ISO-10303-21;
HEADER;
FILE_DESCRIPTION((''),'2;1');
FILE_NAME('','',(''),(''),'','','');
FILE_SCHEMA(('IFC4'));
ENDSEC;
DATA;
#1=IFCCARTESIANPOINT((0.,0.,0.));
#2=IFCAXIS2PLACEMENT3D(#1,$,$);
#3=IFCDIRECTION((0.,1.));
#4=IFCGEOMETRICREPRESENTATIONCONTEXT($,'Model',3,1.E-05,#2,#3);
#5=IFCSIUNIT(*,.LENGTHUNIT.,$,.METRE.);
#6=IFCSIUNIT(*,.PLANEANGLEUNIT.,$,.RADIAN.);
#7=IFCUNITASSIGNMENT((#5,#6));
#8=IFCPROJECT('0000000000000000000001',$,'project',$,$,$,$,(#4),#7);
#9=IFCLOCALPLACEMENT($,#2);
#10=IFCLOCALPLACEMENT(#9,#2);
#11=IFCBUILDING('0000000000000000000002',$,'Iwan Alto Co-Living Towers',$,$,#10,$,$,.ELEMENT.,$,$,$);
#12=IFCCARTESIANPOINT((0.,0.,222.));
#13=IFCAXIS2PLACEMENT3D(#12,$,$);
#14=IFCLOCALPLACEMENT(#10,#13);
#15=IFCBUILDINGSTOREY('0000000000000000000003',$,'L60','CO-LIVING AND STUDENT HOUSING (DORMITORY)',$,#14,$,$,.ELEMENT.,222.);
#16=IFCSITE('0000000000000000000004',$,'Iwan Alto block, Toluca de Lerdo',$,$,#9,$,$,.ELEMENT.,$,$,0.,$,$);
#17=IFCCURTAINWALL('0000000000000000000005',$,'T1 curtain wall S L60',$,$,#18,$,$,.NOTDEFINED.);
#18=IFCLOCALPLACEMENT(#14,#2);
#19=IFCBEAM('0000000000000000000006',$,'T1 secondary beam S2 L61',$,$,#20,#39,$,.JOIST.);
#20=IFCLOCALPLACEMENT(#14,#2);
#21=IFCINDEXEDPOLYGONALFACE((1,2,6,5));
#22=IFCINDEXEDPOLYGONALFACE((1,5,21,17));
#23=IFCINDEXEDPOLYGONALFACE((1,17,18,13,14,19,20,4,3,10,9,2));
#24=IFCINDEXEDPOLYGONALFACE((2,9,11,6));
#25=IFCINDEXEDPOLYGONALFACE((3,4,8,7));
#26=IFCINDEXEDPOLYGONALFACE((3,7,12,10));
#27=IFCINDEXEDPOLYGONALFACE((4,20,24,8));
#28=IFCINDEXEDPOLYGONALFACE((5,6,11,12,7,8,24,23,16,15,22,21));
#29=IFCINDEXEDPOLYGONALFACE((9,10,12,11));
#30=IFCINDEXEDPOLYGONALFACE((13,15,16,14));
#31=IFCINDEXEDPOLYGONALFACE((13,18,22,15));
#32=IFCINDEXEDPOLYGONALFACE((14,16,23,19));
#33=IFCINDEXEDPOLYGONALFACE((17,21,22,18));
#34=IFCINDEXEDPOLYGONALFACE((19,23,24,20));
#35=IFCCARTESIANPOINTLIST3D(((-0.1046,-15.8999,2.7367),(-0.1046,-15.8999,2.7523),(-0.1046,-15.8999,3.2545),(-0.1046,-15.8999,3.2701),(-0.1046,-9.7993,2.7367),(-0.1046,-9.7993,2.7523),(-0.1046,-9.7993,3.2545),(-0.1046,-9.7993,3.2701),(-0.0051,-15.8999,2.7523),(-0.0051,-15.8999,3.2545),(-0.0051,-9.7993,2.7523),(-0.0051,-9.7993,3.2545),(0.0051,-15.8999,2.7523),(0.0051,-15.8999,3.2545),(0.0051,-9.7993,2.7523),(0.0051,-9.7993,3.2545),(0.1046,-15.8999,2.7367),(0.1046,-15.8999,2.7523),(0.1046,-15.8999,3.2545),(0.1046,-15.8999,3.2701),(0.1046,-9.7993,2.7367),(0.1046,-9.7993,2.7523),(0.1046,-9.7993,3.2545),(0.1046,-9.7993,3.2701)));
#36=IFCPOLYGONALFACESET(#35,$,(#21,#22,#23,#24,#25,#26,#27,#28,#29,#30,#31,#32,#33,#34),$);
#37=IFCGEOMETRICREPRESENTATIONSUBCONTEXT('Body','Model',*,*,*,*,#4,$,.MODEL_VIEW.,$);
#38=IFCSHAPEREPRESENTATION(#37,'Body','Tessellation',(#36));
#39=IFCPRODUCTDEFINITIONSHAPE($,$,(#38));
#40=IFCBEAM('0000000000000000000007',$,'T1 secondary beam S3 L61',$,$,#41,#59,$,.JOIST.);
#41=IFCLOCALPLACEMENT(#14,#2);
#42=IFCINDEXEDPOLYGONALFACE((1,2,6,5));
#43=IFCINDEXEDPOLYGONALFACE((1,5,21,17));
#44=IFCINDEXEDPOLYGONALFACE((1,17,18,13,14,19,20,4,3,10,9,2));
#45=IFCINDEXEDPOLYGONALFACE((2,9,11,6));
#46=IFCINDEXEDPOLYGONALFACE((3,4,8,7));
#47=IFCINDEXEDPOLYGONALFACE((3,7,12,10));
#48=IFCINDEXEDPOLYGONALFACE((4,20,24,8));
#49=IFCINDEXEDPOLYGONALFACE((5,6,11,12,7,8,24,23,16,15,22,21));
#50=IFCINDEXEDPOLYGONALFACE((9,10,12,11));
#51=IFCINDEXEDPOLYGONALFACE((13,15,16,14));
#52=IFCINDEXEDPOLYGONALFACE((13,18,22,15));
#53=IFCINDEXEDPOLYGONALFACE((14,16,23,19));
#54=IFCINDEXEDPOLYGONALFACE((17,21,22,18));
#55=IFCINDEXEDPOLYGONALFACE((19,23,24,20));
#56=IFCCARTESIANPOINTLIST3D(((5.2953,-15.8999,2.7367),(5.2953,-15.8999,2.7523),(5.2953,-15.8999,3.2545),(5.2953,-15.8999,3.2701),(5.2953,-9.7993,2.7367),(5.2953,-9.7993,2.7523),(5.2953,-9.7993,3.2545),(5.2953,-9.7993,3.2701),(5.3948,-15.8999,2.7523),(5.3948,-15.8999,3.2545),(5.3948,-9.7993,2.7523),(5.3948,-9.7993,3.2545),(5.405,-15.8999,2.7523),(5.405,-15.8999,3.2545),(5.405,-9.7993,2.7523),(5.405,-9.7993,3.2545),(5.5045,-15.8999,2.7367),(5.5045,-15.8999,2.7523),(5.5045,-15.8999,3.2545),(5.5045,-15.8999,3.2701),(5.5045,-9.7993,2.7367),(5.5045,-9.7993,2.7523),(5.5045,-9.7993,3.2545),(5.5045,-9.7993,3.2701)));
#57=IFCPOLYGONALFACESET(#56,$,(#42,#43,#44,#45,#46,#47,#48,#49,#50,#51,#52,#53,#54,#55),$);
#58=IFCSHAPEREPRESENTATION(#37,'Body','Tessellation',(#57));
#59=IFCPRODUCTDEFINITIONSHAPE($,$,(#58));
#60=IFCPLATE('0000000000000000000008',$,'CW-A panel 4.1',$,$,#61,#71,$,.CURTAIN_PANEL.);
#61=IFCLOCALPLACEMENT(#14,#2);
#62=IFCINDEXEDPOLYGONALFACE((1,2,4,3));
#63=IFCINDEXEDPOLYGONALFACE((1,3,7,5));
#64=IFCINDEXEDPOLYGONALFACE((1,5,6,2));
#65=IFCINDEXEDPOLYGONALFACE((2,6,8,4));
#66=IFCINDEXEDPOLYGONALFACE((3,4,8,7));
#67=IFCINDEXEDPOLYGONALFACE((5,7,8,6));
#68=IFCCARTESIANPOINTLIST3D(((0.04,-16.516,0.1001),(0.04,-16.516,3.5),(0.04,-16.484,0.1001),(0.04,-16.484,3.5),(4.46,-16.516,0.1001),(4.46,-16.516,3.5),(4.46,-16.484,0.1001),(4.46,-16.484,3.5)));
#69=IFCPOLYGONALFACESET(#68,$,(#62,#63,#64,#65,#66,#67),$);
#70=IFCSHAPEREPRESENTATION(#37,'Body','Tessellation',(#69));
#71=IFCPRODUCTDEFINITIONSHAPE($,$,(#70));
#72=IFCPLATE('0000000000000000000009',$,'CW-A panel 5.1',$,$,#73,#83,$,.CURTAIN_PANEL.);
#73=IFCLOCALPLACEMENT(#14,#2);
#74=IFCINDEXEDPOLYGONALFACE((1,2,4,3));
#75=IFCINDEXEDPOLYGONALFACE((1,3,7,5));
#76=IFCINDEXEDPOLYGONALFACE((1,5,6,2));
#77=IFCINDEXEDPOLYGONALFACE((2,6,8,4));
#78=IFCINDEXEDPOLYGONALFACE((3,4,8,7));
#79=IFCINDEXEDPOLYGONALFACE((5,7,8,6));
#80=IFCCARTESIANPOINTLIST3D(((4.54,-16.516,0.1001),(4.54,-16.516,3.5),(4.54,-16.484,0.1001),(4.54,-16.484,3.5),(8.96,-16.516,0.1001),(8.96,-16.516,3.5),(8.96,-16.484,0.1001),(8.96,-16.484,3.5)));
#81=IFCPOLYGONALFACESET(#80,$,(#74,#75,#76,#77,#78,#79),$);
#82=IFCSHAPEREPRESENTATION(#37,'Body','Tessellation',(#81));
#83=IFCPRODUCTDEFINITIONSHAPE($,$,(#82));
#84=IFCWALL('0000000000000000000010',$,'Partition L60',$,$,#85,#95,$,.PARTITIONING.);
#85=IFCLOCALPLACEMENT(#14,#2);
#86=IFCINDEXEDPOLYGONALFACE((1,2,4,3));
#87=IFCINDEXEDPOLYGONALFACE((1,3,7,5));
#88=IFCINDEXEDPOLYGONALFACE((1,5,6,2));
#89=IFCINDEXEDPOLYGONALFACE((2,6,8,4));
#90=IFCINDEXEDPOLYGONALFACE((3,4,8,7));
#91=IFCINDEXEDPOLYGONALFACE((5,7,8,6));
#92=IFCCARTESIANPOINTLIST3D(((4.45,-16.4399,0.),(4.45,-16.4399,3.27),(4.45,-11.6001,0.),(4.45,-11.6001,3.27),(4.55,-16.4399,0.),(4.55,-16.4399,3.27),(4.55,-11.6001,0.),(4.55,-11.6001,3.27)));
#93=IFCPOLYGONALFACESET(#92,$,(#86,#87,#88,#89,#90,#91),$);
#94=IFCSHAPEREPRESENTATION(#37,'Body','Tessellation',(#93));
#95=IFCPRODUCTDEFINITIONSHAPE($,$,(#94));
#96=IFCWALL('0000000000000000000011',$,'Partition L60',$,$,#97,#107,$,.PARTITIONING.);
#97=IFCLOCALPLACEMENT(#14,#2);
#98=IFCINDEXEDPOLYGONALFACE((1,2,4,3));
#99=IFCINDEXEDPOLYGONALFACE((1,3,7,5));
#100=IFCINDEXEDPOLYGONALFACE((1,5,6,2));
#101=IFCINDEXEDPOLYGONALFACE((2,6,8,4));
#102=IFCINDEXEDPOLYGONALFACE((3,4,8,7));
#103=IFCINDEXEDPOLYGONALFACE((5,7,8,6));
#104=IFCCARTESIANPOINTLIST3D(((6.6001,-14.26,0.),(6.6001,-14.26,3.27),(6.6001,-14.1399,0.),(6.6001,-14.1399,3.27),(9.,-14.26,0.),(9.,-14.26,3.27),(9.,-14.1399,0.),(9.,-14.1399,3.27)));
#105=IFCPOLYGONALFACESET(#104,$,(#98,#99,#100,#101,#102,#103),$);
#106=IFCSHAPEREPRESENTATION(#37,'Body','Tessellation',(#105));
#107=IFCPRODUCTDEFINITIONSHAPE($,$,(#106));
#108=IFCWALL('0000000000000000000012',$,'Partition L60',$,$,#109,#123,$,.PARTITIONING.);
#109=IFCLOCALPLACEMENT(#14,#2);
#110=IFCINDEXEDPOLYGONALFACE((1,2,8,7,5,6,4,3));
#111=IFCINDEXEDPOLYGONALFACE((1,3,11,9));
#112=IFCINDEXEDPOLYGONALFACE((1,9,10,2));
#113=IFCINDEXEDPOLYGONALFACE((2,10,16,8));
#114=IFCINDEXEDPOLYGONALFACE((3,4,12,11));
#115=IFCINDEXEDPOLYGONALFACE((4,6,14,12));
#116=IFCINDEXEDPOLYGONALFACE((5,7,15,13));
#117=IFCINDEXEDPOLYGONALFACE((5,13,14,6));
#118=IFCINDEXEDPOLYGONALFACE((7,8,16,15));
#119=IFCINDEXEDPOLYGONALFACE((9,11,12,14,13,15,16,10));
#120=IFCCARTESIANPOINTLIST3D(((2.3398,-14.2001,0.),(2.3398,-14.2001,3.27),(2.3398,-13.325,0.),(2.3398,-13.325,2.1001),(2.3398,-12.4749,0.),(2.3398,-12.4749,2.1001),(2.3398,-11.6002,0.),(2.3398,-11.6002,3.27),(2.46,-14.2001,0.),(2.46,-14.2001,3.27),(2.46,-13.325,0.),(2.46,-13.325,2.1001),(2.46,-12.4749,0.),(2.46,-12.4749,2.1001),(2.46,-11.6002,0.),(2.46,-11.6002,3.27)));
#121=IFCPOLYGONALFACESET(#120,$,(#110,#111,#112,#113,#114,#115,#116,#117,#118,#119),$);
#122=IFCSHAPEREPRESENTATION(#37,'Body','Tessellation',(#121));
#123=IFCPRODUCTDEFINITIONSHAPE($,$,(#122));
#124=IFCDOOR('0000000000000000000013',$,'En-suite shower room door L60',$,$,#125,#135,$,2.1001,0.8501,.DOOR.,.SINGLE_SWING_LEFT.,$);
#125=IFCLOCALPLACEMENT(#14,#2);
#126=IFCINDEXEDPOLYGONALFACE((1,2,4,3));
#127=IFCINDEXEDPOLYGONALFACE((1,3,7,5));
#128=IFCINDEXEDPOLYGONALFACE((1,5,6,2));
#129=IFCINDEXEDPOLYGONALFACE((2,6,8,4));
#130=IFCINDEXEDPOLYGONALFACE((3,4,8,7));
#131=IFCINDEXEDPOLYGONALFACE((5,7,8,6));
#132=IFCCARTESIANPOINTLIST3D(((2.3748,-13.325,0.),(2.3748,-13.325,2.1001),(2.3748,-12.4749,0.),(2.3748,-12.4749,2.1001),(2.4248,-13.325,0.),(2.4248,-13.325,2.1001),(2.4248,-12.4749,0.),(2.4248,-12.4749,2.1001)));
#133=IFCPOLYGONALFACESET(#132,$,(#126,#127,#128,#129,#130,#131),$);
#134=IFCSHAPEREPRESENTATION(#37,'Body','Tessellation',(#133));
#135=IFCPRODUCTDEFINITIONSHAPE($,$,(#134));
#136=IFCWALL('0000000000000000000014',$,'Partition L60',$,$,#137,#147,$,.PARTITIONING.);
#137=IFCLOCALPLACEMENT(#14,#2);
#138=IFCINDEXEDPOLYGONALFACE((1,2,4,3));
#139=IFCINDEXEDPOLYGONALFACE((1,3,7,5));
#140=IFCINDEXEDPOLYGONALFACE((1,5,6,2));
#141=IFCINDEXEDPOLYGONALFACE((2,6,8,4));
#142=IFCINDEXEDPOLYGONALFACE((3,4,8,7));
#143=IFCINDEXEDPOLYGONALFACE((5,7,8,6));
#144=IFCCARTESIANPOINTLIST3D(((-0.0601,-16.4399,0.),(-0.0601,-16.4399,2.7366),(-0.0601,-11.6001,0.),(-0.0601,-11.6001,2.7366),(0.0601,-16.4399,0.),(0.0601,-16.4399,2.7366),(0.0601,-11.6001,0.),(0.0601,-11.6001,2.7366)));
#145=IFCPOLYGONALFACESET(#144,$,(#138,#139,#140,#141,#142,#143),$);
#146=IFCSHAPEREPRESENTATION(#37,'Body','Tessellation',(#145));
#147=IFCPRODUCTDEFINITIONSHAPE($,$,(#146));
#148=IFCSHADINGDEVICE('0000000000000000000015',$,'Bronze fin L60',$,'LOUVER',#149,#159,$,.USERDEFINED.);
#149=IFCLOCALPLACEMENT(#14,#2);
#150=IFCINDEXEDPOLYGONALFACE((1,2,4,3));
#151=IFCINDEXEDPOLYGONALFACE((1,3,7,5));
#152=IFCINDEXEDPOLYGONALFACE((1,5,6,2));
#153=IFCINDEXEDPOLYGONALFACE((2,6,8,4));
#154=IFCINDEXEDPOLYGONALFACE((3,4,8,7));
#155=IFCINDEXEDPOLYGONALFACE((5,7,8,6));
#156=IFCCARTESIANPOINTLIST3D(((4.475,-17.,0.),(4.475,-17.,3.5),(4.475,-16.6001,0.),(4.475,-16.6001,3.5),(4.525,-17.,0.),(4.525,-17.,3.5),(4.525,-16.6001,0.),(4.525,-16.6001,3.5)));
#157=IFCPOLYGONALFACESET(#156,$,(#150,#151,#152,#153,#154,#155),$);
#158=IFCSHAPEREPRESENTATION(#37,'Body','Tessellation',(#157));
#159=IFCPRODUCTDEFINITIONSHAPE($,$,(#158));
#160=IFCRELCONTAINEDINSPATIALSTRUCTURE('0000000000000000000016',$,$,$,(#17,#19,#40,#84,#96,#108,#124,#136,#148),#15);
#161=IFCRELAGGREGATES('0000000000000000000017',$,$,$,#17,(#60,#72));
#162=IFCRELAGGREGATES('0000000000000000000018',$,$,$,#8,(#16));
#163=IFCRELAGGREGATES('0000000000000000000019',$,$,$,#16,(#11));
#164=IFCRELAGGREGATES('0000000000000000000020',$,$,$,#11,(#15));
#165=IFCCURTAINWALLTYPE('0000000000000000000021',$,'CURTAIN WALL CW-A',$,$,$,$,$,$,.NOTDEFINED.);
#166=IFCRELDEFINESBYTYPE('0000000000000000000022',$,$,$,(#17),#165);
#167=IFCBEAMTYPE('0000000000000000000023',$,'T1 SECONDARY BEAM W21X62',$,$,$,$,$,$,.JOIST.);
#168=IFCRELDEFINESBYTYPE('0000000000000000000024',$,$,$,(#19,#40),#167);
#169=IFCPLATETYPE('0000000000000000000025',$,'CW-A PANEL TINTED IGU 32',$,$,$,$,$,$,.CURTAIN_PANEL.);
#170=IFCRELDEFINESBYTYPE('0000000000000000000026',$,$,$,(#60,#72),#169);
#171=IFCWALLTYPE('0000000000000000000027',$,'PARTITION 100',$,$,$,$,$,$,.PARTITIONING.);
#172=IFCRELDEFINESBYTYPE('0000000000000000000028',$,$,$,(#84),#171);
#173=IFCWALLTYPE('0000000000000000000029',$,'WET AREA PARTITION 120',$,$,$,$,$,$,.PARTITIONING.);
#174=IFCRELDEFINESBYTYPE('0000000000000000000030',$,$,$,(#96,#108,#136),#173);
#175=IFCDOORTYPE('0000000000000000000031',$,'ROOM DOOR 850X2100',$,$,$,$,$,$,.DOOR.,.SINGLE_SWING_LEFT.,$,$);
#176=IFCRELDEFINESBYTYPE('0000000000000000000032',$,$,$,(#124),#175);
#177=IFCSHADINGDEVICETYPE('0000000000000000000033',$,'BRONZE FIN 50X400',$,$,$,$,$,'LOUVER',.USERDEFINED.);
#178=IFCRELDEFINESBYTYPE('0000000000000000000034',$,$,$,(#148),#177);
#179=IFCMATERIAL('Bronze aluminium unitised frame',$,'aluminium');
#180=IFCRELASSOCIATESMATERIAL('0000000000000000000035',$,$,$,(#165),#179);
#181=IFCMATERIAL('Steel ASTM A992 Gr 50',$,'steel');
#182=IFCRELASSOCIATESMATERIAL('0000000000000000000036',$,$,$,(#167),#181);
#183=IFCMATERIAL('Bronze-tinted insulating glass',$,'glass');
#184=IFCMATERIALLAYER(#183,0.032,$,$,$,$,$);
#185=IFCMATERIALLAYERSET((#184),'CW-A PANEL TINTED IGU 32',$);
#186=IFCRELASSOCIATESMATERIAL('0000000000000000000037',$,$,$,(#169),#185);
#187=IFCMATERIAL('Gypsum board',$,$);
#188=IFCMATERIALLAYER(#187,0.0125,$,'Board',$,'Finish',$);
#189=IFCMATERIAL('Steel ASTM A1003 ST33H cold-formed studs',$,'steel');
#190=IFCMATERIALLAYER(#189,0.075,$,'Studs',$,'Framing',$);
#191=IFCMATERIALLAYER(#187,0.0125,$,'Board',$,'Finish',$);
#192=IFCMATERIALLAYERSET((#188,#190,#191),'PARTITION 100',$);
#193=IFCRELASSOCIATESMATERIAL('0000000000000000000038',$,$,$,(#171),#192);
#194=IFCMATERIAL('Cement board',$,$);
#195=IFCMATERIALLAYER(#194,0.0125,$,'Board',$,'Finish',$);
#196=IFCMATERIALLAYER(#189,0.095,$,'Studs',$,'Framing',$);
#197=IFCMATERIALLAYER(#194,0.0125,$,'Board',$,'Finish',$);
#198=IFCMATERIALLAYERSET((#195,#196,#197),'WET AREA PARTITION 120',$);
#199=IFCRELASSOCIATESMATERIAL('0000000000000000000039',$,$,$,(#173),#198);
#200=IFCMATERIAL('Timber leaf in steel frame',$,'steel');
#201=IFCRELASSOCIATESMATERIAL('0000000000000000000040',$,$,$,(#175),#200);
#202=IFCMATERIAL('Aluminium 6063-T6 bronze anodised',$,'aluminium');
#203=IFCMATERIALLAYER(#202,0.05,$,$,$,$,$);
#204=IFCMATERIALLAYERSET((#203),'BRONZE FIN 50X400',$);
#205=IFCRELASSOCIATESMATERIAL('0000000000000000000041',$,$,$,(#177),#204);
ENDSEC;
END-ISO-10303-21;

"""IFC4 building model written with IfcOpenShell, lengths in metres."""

from ifc_helpers import new_model, si_unit, direction, frame, frame_2d, origin, origin_2d, place, context, subcontext, project, spatial, rectangle, i_section, extrude, material, layer, layer_set, material_profile, profile_set, type_object, element, fill, aggregate, save


model = new_model("IFC4")

# Units and contexts
model_context = context("Model", 3, precision=1e-05, world=origin(), true_north=direction((0.0, 1.0)))
body_context = subcontext(model_context, "Body", "Model", "MODEL_VIEW")
ifc_project = project(units=[si_unit("LENGTHUNIT", "METRE"), si_unit("PLANEANGLEUNIT", "RADIAN")], contexts=[model_context])

# Site, building, storey
site_placement = place(None, origin())
site = spatial("IfcSite", under=ifc_project, at=site_placement, Name="Iwan Alto block, Toluca de Lerdo", CompositionType="ELEMENT", RefElevation=0.0)
building_placement = place(site_placement, origin())
building = spatial("IfcBuilding", under=site, at=building_placement, Name="Iwan Alto Co-Living Towers", CompositionType="ELEMENT")
storey_placement = place(building_placement, frame((0.0, 0.0, 222.0)))
storey = spatial("IfcBuildingStorey", under=building, at=storey_placement, Name="L60", Description="CO-LIVING AND STUDENT HOUSING (DORMITORY)", CompositionType="ELEMENT", Elevation=222.0)

# Curtain wall
ifc_material_1 = material(Name="Bronze aluminium unitised frame", Category="aluminium")
curtain_wall_type = type_object("IfcCurtainWallType", Name="CURTAIN WALL CW-A", PredefinedType="NOTDEFINED", material=ifc_material_1)
curtain_wall_placement = place(storey_placement, origin())
curtain_wall = element("IfcCurtainWall", 1, at=curtain_wall_placement, inside=storey, type_object=curtain_wall_type, Name="T1 curtain wall S L60", PredefinedType="NOTDEFINED")

# Beams
ifc_material_2 = material(Name="Steel ASTM A992 Gr 50", Category="steel")
ifc_material_profile_1 = material_profile(ifc_material_2, i_section(OverallWidth=0.2092, OverallDepth=0.5334, WebThickness=0.0103, FlangeThickness=0.0156, at=origin_2d()), Name="W21X62")
ifc_profile_set_1 = profile_set([ifc_material_profile_1], Name="Steel ASTM A992 Gr 50")
beam_type_1 = type_object("IfcBeamType", Name="T1 SECONDARY BEAM W21X62", PredefinedType="JOIST", material=ifc_profile_set_1)
for number, where, z_axis, x_axis, name in (
    (2, (0.0, -15.8999, 3.0034), (0.0, 1.0, 0.0), (-1.0, 0.0, 0.0), "T1 secondary beam S2 L61"),
    (3, (5.3999, -15.8999, 3.0034), (0.0, 1.0, 0.0), (-1.0, 0.0, 0.0), "T1 secondary beam S3 L61"),
):
    element("IfcBeam", number, at=place(storey_placement, frame(where, z_axis=z_axis, x_axis=x_axis)), inside=storey, type_object=beam_type_1, Name=name, PredefinedType="JOIST", context=body_context, shape_type="SweptSolid", body=[
        extrude(i_section(OverallWidth=0.2092, OverallDepth=0.5334, WebThickness=0.0103, FlangeThickness=0.0156, at=origin_2d()), origin(), (0.0, 0.0, 1.0), 6.1006),
    ])

# Plates
ifc_material_3 = material(Name="Bronze-tinted insulating glass", Category="glass")
ifc_layer_1 = layer(ifc_material_3, 0.032)
ifc_layer_set_1 = layer_set([ifc_layer_1], Name="CW-A PANEL TINTED IGU 32")
plate_type = type_object("IfcPlateType", Name="CW-A PANEL TINTED IGU 32", PredefinedType="CURTAIN_PANEL", material=ifc_layer_set_1)
plate_1_placement = place(storey_placement, frame((2.25, -16.5, 0.1001), z_axis=(0.0, 0.0, 1.0), x_axis=(1.0, 0.0, 0.0)))
plate_1 = element("IfcPlate", 4, at=plate_1_placement, type_object=plate_type, Name="CW-A panel 4.1", PredefinedType="CURTAIN_PANEL", context=body_context, shape_type="SweptSolid", body=[
    extrude(rectangle(XDim=4.4199, YDim=0.032, at=origin_2d()), origin(), (0.0, 0.0, 1.0), 3.3999),
])
plate_2_placement = place(storey_placement, frame((6.75, -16.5, 0.1001), z_axis=(0.0, 0.0, 1.0), x_axis=(1.0, 0.0, 0.0)))
plate_2 = element("IfcPlate", 5, at=plate_2_placement, type_object=plate_type, Name="CW-A panel 5.1", PredefinedType="CURTAIN_PANEL", context=body_context, shape_type="SweptSolid", body=[
    extrude(rectangle(XDim=4.4199, YDim=0.032, at=origin_2d()), origin(), (0.0, 0.0, 1.0), 3.3999),
])
aggregate(curtain_wall, [plate_1, plate_2])

# Walls
ifc_material_4 = material(Name="Gypsum board")
ifc_layer_2 = layer(ifc_material_4, 0.0125, Name="Board", Category="Finish")
ifc_material_5 = material(Name="Steel ASTM A1003 ST33H cold-formed studs", Category="steel")
ifc_layer_3 = layer(ifc_material_5, 0.075, Name="Studs", Category="Framing")
ifc_layer_4 = layer(ifc_material_4, 0.0125, Name="Board", Category="Finish")
ifc_layer_set_2 = layer_set([ifc_layer_2, ifc_layer_3, ifc_layer_4], Name="PARTITION 100")
wall_type_1 = type_object("IfcWallType", Name="PARTITION 100", PredefinedType="PARTITIONING", material=ifc_layer_set_2)
wall_1_placement = place(storey_placement, frame((4.5, -16.4399, 0.0), z_axis=(0.0, 0.0, 1.0), x_axis=(0.0, 1.0, 0.0)))
element("IfcWall", 6, at=wall_1_placement, inside=storey, type_object=wall_type_1, Name="Partition L60", PredefinedType="PARTITIONING", context=body_context, shape_type="SweptSolid", body=[
    extrude(rectangle(XDim=4.8398, YDim=0.1001, at=frame_2d((2.4199, 0.0))), origin(), (0.0, 0.0, 1.0), 3.27),
])
ifc_material_6 = material(Name="Cement board")
ifc_layer_5 = layer(ifc_material_6, 0.0125, Name="Board", Category="Finish")
ifc_layer_6 = layer(ifc_material_5, 0.095, Name="Studs", Category="Framing")
ifc_layer_7 = layer(ifc_material_6, 0.0125, Name="Board", Category="Finish")
ifc_layer_set_3 = layer_set([ifc_layer_5, ifc_layer_6, ifc_layer_7], Name="WET AREA PARTITION 120")
wall_type_2 = type_object("IfcWallType", Name="WET AREA PARTITION 120", PredefinedType="PARTITIONING", material=ifc_layer_set_3)
wall_2_placement = place(storey_placement, frame((6.6001, -14.2, 0.0), z_axis=(0.0, 0.0, 1.0), x_axis=(1.0, 0.0, 0.0)))
element("IfcWall", 7, at=wall_2_placement, inside=storey, type_object=wall_type_2, Name="Partition L60", PredefinedType="PARTITIONING", context=body_context, shape_type="SweptSolid", body=[
    extrude(rectangle(XDim=2.3999, YDim=0.1201, at=frame_2d((1.2, 0.0))), origin(), (0.0, 0.0, 1.0), 3.27),
])

# Wall, opening, door
wall_3_placement = place(storey_placement, frame((2.3999, -14.2, 0.0), z_axis=(0.0, 0.0, 1.0), x_axis=(0.0, 1.0, 0.0)))
wall_3 = element("IfcWall", 8, at=wall_3_placement, inside=storey, type_object=wall_type_2, Name="Partition L60", PredefinedType="PARTITIONING", context=body_context, shape_type="SweptSolid", body=[
    extrude(rectangle(XDim=2.5999, YDim=0.1201, at=frame_2d((1.2998, 0.0))), origin(), (0.0, 0.0, 1.0), 3.27),
])
opening_placement = place(wall_3_placement, frame((0.875, 0.0, 0.0)))
opening = element("IfcOpeningElement", 9, at=opening_placement, cuts=wall_3, PredefinedType="OPENING", context=body_context, shape_type="SweptSolid", body=[
    extrude(rectangle(XDim=0.8501, YDim=2.1001, at=frame_2d((0.425, 1.05))), frame((0.0, 0.0701, 0.0), z_axis=(0.0, -1.0, 0.0), x_axis=(1.0, 0.0, 0.0)), (0.0, 0.0, 1.0), 0.1401),
])
ifc_material_7 = material(Name="Timber leaf in steel frame", Category="steel")
door_type = type_object("IfcDoorType", Name="ROOM DOOR 850X2100", OperationType="SINGLE_SWING_LEFT", PredefinedType="DOOR", material=ifc_material_7)
door_placement = place(opening_placement, frame((0.8501, 0.0, 0.0), z_axis=(0.0, 0.0, 1.0), x_axis=(-1.0, 0.0, 0.0)))
door = element("IfcDoor", 10, at=door_placement, inside=storey, type_object=door_type, Name="En-suite shower room door L60", OperationType="SINGLE_SWING_LEFT", OverallHeight=2.1001, OverallWidth=0.8501, PredefinedType="DOOR", context=body_context, shape_type="SweptSolid", body=[
    extrude(rectangle(XDim=0.8501, YDim=2.1001, at=frame_2d((0.425, 1.05))), frame((0.0, 0.0249, 0.0), z_axis=(0.0, -1.0, 0.0), x_axis=(1.0, 0.0, 0.0)), (0.0, 0.0, 1.0), 0.05),
])
fill(opening, door)

# Wall
wall_4_placement = place(storey_placement, frame((0.0, -16.4399, 0.0), z_axis=(0.0, 0.0, 1.0), x_axis=(0.0, 1.0, 0.0)))
element("IfcWall", 11, at=wall_4_placement, inside=storey, type_object=wall_type_2, Name="Partition L60", PredefinedType="PARTITIONING", context=body_context, shape_type="SweptSolid", body=[
    extrude(rectangle(XDim=4.8398, YDim=0.1201, at=frame_2d((2.4199, 0.0))), origin(), (0.0, 0.0, 1.0), 2.7366),
])

# Shading device
ifc_material_8 = material(Name="Aluminium 6063-T6 bronze anodised", Category="aluminium")
ifc_layer_8 = layer(ifc_material_8, 0.05)
ifc_layer_set_4 = layer_set([ifc_layer_8], Name="BRONZE FIN 50X400")
shading_device_type = type_object("IfcShadingDeviceType", Name="BRONZE FIN 50X400", ElementType="LOUVER", PredefinedType="USERDEFINED", material=ifc_layer_set_4)
shading_device_placement = place(storey_placement, frame((4.5, -16.8, 0.0), z_axis=(0.0, 0.0, 1.0), x_axis=(1.0, 0.0, 0.0)))
element("IfcShadingDevice", 12, at=shading_device_placement, inside=storey, type_object=shading_device_type, Name="Bronze fin L60", ObjectType="LOUVER", PredefinedType="USERDEFINED", context=body_context, shape_type="SweptSolid", body=[
    extrude(rectangle(XDim=0.05, YDim=0.3999, at=origin_2d()), origin(), (0.0, 0.0, 1.0), 3.5),
])

save(model, "model.ifc")
